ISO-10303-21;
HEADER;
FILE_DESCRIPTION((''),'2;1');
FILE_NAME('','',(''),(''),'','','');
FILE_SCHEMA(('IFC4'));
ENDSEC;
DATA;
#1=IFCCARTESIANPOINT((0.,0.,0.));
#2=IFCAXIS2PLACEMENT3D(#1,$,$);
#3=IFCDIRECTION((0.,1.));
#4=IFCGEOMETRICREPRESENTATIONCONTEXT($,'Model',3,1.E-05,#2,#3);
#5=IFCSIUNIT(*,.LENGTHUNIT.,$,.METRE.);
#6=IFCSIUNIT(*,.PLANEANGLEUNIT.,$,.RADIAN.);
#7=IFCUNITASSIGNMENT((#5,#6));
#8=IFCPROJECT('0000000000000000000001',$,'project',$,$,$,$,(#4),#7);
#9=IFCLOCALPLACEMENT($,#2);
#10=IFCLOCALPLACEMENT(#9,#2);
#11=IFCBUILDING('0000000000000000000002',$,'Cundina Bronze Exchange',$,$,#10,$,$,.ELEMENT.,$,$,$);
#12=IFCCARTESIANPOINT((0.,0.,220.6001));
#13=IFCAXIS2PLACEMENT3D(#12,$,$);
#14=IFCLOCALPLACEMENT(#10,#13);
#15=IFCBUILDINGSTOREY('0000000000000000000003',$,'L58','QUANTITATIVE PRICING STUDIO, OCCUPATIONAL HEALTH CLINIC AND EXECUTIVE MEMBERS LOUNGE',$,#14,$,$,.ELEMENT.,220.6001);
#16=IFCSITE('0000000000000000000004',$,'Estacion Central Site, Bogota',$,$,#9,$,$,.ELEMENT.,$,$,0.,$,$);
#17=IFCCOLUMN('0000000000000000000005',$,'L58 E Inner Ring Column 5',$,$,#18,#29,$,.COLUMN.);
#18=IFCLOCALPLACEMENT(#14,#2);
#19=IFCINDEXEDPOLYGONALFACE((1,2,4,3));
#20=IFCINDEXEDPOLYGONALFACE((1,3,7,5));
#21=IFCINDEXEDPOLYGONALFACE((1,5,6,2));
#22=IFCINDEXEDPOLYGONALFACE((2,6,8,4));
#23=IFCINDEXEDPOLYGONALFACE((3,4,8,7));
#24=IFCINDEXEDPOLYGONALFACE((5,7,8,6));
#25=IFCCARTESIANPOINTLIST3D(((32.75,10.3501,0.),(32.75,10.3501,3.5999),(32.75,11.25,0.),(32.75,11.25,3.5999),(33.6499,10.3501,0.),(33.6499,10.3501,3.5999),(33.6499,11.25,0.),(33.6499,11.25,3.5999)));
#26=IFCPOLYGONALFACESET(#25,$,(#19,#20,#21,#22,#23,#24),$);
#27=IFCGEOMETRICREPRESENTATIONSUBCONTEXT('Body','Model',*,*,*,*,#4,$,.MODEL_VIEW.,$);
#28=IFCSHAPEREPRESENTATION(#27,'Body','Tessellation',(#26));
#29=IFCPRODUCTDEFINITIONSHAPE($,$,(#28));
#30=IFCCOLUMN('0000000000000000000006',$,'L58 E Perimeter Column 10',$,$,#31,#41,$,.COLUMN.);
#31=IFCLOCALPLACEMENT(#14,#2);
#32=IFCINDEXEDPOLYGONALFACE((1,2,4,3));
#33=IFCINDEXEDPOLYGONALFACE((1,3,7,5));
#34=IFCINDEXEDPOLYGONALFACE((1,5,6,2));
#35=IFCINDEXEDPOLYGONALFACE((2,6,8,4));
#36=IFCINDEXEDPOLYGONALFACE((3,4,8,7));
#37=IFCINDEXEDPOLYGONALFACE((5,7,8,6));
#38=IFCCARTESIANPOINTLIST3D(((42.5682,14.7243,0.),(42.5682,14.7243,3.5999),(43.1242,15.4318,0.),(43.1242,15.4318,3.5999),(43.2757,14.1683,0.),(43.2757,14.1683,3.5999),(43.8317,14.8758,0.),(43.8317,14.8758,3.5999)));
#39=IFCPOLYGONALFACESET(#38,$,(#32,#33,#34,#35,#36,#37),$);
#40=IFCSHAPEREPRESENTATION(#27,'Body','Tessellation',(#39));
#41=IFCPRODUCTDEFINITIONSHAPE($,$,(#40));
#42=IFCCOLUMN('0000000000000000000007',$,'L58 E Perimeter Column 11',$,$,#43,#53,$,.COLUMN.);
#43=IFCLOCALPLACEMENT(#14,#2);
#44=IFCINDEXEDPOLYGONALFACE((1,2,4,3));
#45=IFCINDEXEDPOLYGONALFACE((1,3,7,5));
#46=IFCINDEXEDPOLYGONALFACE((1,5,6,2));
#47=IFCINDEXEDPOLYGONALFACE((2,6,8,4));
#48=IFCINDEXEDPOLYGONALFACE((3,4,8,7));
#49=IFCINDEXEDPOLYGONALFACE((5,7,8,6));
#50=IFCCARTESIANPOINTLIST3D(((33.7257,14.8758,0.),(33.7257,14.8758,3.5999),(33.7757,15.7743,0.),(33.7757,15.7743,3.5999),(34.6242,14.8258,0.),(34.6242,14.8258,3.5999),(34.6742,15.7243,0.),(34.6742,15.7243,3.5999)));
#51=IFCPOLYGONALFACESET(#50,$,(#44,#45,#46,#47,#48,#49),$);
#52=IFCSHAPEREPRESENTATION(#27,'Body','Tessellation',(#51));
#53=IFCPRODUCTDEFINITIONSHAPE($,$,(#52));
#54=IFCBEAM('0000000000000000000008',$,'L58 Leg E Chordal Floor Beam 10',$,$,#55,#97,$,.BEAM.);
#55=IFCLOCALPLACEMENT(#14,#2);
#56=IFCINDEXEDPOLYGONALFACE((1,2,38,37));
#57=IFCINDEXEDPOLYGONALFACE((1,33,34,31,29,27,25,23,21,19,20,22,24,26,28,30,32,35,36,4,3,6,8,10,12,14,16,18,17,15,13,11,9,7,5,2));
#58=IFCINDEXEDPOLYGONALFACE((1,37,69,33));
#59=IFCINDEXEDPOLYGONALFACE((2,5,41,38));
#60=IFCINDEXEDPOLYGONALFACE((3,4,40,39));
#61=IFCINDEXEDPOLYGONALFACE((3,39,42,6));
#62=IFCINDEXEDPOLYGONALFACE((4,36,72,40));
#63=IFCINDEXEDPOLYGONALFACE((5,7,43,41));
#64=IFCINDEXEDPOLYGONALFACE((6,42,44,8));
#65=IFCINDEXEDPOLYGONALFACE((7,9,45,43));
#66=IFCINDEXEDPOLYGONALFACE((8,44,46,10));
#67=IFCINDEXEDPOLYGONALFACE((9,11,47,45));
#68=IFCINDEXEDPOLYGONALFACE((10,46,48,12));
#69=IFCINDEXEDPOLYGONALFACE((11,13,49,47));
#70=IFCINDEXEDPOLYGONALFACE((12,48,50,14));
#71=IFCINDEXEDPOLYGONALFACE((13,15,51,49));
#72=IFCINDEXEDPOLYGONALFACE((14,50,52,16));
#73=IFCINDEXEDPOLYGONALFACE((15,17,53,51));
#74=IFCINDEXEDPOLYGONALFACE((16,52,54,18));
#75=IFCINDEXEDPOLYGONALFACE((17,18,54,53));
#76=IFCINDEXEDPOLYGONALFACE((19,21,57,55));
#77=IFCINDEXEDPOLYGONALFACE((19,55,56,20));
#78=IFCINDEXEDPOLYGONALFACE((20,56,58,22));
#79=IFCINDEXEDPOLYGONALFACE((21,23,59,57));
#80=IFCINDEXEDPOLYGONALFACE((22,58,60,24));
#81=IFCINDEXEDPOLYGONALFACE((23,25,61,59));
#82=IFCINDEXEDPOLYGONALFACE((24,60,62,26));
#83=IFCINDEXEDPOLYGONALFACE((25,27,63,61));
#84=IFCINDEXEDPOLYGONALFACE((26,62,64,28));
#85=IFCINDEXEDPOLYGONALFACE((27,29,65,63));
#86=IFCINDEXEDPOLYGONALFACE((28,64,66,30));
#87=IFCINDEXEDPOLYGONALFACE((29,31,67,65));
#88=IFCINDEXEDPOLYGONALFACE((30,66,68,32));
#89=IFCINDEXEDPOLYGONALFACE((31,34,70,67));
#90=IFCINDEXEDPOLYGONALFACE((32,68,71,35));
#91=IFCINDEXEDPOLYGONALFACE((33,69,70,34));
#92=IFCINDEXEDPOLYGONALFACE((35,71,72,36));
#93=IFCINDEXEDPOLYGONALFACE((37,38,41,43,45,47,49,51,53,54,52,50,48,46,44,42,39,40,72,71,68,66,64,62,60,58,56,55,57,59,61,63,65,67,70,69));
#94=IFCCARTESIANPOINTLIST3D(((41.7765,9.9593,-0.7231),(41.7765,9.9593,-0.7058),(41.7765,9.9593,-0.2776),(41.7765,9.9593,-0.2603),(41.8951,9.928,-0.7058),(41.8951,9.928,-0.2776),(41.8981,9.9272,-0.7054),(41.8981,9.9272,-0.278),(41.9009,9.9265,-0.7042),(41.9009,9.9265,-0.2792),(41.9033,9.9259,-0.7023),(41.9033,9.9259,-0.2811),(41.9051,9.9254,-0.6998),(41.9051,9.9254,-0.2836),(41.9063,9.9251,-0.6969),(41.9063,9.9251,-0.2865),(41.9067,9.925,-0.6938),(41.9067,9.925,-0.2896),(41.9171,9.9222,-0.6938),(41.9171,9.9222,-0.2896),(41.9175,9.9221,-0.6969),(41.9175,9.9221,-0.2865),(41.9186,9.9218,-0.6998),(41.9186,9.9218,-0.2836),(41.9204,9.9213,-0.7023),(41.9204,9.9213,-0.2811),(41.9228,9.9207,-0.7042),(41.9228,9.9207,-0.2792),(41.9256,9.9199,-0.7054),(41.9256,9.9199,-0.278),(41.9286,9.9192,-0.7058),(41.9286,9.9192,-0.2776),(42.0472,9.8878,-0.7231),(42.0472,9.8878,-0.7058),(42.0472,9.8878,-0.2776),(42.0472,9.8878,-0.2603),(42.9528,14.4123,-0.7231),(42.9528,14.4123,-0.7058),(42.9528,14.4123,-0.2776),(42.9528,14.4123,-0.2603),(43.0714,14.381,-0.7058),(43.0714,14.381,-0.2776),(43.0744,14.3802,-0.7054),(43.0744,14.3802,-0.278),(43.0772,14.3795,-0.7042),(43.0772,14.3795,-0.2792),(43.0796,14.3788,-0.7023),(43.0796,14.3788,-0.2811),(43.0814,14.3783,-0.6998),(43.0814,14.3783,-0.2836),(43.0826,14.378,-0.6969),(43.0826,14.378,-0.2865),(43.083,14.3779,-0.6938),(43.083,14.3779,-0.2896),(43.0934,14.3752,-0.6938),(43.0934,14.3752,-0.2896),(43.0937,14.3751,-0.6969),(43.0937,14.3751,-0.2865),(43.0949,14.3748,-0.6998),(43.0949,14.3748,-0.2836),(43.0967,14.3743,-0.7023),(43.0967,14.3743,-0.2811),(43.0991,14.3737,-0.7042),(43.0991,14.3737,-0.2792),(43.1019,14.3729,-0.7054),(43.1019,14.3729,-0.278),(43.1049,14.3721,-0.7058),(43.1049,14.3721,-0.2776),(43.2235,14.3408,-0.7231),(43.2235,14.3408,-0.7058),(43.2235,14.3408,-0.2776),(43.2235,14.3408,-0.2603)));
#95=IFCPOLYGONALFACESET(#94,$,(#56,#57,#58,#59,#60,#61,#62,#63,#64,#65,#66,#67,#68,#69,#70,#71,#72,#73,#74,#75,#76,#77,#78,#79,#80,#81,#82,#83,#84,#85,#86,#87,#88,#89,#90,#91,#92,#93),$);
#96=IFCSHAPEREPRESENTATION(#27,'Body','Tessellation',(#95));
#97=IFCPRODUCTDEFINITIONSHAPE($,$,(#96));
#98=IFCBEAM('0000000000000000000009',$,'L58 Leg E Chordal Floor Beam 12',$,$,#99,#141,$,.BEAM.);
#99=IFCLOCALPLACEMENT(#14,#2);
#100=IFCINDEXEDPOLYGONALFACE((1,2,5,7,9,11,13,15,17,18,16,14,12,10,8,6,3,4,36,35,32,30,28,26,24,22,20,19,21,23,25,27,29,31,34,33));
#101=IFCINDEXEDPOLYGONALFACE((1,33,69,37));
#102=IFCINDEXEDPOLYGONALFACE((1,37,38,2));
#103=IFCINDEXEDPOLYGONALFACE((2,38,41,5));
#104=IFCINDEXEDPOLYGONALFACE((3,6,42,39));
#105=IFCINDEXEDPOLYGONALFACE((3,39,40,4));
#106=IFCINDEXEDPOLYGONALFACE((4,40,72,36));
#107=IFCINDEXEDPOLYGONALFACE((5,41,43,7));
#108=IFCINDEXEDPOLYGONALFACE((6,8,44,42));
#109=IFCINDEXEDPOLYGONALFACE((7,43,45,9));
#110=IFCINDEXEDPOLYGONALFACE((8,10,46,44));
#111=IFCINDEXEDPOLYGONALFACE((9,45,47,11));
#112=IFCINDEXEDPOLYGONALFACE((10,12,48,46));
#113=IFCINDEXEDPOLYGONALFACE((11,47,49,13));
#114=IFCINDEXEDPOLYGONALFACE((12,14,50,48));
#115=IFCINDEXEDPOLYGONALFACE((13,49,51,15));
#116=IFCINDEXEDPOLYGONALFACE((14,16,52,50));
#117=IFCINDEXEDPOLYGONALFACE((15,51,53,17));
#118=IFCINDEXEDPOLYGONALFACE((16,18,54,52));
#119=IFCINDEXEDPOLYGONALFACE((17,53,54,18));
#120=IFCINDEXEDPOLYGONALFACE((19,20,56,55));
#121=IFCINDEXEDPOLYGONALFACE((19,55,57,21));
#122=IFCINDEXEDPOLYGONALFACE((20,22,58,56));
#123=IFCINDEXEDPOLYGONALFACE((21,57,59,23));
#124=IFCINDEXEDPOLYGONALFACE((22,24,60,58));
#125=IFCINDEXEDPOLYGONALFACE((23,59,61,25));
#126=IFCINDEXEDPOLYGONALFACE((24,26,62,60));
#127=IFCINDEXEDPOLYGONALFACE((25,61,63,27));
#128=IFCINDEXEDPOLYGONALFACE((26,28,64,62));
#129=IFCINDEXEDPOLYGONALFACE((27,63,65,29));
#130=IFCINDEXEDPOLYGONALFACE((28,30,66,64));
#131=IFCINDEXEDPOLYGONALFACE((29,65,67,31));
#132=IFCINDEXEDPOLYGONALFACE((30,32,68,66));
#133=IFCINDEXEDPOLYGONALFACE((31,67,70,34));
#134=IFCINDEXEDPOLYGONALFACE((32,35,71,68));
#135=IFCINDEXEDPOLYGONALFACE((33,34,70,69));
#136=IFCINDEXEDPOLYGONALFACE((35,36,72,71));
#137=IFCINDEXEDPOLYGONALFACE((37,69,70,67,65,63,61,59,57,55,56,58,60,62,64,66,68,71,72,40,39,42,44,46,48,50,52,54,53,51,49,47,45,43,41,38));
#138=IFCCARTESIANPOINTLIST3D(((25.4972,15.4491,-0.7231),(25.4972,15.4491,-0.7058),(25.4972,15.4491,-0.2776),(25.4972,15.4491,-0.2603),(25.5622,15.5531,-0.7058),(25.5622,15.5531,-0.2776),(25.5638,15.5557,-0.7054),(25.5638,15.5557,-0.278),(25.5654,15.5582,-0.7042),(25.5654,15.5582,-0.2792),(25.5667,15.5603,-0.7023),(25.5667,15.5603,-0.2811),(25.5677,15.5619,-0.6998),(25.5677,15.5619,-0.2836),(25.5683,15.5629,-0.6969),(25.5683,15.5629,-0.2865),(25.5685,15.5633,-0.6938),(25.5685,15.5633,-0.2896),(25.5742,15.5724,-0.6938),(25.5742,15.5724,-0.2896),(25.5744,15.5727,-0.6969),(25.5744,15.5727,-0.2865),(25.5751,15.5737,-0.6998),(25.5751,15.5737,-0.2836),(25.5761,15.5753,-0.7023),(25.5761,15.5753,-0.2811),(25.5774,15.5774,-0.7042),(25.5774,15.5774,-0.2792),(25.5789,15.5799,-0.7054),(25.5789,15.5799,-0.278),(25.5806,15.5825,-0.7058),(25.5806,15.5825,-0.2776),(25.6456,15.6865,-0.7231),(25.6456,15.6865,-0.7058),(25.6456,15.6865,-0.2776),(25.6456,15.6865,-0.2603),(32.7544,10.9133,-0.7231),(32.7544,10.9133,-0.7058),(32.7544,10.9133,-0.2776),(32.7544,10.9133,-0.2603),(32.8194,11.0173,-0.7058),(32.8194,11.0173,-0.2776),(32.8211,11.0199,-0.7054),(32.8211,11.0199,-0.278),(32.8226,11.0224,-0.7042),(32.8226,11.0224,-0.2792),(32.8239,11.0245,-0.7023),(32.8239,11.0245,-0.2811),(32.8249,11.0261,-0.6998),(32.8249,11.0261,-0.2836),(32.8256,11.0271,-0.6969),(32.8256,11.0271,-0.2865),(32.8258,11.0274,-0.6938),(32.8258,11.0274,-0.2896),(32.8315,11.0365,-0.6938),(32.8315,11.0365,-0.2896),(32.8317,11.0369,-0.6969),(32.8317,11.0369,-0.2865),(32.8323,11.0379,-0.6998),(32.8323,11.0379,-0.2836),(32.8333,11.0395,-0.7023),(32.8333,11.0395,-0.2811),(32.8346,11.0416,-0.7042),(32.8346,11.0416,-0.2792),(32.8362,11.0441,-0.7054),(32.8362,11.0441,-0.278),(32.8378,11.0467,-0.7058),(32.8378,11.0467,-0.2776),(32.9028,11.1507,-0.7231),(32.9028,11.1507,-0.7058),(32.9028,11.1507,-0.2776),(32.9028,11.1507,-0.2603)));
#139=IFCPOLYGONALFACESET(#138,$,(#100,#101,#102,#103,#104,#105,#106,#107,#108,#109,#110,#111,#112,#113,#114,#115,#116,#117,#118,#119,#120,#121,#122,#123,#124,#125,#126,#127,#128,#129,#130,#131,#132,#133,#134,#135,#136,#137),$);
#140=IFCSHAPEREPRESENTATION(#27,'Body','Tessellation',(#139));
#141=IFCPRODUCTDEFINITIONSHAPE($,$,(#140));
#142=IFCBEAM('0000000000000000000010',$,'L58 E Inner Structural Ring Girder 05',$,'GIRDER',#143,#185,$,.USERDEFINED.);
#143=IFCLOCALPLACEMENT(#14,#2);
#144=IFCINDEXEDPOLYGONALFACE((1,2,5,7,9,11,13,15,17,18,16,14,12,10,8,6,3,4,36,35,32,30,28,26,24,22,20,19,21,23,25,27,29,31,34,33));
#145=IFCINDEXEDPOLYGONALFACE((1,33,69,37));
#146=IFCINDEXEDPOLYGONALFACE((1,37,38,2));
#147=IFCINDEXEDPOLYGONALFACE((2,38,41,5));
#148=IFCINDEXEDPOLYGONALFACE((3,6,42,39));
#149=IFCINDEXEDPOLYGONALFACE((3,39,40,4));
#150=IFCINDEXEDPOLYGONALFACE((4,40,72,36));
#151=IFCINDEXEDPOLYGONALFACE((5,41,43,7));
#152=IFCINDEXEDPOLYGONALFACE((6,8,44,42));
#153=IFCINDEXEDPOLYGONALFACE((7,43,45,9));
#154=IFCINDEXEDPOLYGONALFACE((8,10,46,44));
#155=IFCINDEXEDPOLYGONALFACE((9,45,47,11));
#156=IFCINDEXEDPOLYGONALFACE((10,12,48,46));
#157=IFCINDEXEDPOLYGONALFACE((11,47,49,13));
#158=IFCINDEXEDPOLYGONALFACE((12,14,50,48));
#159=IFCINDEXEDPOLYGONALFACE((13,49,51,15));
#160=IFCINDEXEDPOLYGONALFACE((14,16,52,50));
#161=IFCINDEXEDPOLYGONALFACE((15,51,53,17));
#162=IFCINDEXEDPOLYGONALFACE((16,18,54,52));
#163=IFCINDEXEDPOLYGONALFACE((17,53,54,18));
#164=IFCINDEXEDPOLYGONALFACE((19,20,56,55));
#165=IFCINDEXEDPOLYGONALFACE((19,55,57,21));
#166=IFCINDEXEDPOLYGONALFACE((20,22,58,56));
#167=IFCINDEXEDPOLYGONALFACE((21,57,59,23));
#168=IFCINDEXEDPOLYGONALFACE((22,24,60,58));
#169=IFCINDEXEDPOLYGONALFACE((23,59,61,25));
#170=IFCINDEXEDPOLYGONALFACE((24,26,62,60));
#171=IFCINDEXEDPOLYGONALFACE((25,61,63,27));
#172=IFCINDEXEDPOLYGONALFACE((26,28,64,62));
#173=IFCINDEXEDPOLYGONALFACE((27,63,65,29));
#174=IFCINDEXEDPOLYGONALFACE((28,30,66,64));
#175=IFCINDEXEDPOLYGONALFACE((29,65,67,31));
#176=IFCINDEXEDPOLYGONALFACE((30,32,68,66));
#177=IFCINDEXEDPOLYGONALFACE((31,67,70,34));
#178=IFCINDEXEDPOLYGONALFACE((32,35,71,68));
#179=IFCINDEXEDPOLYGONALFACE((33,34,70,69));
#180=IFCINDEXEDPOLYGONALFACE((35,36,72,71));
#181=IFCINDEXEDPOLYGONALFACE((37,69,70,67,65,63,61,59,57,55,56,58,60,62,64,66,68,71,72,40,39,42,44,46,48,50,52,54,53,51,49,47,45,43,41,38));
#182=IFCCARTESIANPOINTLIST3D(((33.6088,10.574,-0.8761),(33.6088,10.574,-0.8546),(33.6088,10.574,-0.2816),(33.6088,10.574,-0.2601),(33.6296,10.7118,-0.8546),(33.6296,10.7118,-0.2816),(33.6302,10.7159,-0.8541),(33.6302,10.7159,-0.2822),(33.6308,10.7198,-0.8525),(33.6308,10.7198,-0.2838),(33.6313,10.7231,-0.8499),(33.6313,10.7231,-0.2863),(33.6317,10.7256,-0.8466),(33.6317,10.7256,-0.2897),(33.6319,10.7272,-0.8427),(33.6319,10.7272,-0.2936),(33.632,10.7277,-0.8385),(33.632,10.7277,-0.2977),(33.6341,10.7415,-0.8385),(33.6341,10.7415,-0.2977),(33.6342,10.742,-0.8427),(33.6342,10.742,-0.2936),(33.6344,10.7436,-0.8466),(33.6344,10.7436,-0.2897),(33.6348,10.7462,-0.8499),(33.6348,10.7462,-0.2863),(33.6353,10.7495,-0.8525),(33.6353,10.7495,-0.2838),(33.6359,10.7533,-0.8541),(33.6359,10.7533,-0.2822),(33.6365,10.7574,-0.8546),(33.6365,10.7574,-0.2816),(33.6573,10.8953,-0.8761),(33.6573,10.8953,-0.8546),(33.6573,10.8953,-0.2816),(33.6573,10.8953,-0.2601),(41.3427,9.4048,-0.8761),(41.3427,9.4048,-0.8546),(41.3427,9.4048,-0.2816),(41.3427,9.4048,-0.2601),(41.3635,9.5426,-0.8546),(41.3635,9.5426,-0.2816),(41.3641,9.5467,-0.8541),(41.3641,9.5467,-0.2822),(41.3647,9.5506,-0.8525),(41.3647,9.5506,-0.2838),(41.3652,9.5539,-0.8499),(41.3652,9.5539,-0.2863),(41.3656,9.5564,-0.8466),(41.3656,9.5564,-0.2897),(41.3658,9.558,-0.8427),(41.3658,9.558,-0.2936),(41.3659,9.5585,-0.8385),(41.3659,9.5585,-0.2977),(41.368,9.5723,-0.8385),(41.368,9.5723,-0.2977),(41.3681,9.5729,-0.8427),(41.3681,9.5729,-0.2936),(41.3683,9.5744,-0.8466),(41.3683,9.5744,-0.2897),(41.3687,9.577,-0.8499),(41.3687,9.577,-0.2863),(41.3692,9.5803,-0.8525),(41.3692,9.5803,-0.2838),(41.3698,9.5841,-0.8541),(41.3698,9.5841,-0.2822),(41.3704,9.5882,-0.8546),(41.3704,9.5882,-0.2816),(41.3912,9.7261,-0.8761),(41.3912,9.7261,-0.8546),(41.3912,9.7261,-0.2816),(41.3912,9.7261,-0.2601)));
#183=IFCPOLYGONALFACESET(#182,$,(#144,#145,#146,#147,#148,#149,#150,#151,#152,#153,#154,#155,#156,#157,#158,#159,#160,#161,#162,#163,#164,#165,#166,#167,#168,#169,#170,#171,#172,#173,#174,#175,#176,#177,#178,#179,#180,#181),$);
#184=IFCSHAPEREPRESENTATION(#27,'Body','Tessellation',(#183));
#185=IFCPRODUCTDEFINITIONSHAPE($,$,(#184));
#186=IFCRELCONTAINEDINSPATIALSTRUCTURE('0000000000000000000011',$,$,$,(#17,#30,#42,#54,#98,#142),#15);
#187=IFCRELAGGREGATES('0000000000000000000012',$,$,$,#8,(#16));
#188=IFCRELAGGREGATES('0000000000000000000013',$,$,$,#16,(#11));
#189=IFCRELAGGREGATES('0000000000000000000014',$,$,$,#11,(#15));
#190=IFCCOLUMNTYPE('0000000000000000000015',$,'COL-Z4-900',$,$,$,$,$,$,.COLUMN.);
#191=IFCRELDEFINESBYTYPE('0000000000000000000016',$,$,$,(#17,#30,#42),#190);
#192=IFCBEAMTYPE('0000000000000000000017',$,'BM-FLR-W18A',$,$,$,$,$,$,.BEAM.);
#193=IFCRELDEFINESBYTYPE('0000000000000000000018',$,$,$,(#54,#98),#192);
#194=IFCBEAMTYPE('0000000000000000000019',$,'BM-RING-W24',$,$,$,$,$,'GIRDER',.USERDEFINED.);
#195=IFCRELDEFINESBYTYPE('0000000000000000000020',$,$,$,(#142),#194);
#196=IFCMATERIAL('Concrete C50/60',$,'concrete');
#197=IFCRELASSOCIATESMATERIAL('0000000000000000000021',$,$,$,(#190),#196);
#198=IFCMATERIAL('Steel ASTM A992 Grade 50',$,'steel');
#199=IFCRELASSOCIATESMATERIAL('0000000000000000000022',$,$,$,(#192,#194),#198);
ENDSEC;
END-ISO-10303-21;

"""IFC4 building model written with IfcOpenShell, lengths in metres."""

from ifc_helpers import new_model, si_unit, direction, frame, origin, origin_2d, place, context, subcontext, project, spatial, rectangle, i_section, extrude, material, material_profile, profile_set, type_object, element, save


model = new_model("IFC4")

# Units and contexts
model_context = context("Model", 3, precision=1e-05, world=origin(), true_north=direction((0.0, 1.0)))
body_context = subcontext(model_context, "Body", "Model", "MODEL_VIEW")
ifc_project = project(units=[si_unit("LENGTHUNIT", "METRE"), si_unit("PLANEANGLEUNIT", "RADIAN")], contexts=[model_context])

# Site, building, storey
site_placement = place(None, origin())
site = spatial("IfcSite", under=ifc_project, at=site_placement, Name="Estacion Central Site, Bogota", CompositionType="ELEMENT", RefElevation=0.0)
building_placement = place(site_placement, origin())
building = spatial("IfcBuilding", under=site, at=building_placement, Name="Cundina Bronze Exchange", CompositionType="ELEMENT")
storey_placement = place(building_placement, frame((0.0, 0.0, 220.6001)))
storey = spatial("IfcBuildingStorey", under=building, at=storey_placement, Name="L58", Description="QUANTITATIVE PRICING STUDIO, OCCUPATIONAL HEALTH CLINIC AND EXECUTIVE MEMBERS LOUNGE", CompositionType="ELEMENT", Elevation=220.6001)

# Columns
ifc_material_1 = material(Name="Concrete C50/60", Category="concrete")
ifc_material_profile_1 = material_profile(ifc_material_1, rectangle(XDim=0.8999, YDim=0.8999, at=origin_2d()), Name="RC900X900", Category="concrete")
ifc_profile_set_1 = profile_set([ifc_material_profile_1], Name="Concrete C50/60")
column_type = type_object("IfcColumnType", Name="COL-Z4-900", PredefinedType="COLUMN", material=ifc_profile_set_1)
for number, where, z_axis, x_axis, name in (
    (1, (33.2, 10.8, 0.0), (0.0, 0.0, 1.0), (1.0, 0.0, 0.0), "L58 E Inner Ring Column 5"),
    (2, (43.2, 14.8, 0.0), (0.0, 0.0, 1.0), (-0.786288, 0.61786, 0.0), "L58 E Perimeter Column 10"),
    (3, (34.2, 15.3, 0.0), (0.0, 0.0, 1.0), (-0.99846, 0.055473, 0.0), "L58 E Perimeter Column 11"),
):
    element("IfcColumn", number, at=place(storey_placement, frame(where, z_axis=z_axis, x_axis=x_axis)), inside=storey, type_object=column_type, Name=name, PredefinedType="COLUMN", context=body_context, shape_type="SweptSolid", body=[
        extrude(rectangle(XDim=0.8999, YDim=0.8999, at=origin_2d()), origin(), (0.0, 0.0, 1.0), 3.5999),
    ])

# Beams
ifc_material_2 = material(Name="Steel ASTM A992 Grade 50", Category="steel")
ifc_material_profile_2 = material_profile(ifc_material_2, i_section(OverallWidth=0.28, OverallDepth=0.4629, WebThickness=0.0107, FlangeThickness=0.0173, FilletRadius=0.012, at=origin_2d()), Name="W18X76", Category="steel")
ifc_profile_set_2 = profile_set([ifc_material_profile_2], Name="Steel ASTM A992 Grade 50")
beam_type_1 = type_object("IfcBeamType", Name="BM-FLR-W18A", PredefinedType="BEAM", material=ifc_profile_set_2)
beam_1_placement = place(storey_placement, frame((41.9119, 9.9236, -0.4917), z_axis=(0.255399, 0.966836, 0.0), x_axis=(-0.966836, 0.255399, 0.0)))
element("IfcBeam", 4, at=beam_1_placement, inside=storey, type_object=beam_type_1, Name="L58 Leg E Chordal Floor Beam 10", PredefinedType="BEAM", context=body_context, shape_type="SweptSolid", body=[
    extrude(i_section(OverallWidth=0.28, OverallDepth=0.4629, WebThickness=0.0107, FlangeThickness=0.0173, FilletRadius=0.012, at=origin_2d()), origin(), (0.0, 0.0, 1.0), 4.6057),
])
beam_2_placement = place(storey_placement, frame((32.8286, 11.032, -0.4917), z_axis=(-0.847995, 0.530004, 0.0), x_axis=(-0.530004, -0.847995, 0.0)))
element("IfcBeam", 5, at=beam_2_placement, inside=storey, type_object=beam_type_1, Name="L58 Leg E Chordal Floor Beam 12", PredefinedType="BEAM", context=body_context, shape_type="SweptSolid", body=[
    extrude(i_section(OverallWidth=0.28, OverallDepth=0.4629, WebThickness=0.0107, FlangeThickness=0.0173, FilletRadius=0.012, at=origin_2d()), origin(), (0.0, 0.0, 1.0), 8.5581),
])
ifc_material_profile_3 = material_profile(ifc_material_2, i_section(OverallWidth=0.325, OverallDepth=0.616, WebThickness=0.0139, FlangeThickness=0.0215, FilletRadius=0.0161, at=origin_2d()), Name="W24X117", Category="steel")
ifc_profile_set_3 = profile_set([ifc_material_profile_3], Name="Steel ASTM A992 Grade 50")
beam_type_2 = type_object("IfcBeamType", Name="BM-RING-W24", ElementType="GIRDER", PredefinedType="USERDEFINED", material=ifc_profile_set_3)
beam_3_placement = place(storey_placement, frame((41.3669, 9.5654, -0.5681), z_axis=(-0.988765, 0.149479, 0.0), x_axis=(-0.149479, -0.988765, 0.0)))
element("IfcBeam", 6, at=beam_3_placement, inside=storey, type_object=beam_type_2, Name="L58 E Inner Structural Ring Girder 05", ObjectType="GIRDER", PredefinedType="USERDEFINED", context=body_context, shape_type="SweptSolid", body=[
    extrude(i_section(OverallWidth=0.325, OverallDepth=0.616, WebThickness=0.0139, FlangeThickness=0.0215, FilletRadius=0.0161, at=origin_2d()), origin(), (0.0, 0.0, 1.0), 7.8218),
])

save(model, "model.ifc")
